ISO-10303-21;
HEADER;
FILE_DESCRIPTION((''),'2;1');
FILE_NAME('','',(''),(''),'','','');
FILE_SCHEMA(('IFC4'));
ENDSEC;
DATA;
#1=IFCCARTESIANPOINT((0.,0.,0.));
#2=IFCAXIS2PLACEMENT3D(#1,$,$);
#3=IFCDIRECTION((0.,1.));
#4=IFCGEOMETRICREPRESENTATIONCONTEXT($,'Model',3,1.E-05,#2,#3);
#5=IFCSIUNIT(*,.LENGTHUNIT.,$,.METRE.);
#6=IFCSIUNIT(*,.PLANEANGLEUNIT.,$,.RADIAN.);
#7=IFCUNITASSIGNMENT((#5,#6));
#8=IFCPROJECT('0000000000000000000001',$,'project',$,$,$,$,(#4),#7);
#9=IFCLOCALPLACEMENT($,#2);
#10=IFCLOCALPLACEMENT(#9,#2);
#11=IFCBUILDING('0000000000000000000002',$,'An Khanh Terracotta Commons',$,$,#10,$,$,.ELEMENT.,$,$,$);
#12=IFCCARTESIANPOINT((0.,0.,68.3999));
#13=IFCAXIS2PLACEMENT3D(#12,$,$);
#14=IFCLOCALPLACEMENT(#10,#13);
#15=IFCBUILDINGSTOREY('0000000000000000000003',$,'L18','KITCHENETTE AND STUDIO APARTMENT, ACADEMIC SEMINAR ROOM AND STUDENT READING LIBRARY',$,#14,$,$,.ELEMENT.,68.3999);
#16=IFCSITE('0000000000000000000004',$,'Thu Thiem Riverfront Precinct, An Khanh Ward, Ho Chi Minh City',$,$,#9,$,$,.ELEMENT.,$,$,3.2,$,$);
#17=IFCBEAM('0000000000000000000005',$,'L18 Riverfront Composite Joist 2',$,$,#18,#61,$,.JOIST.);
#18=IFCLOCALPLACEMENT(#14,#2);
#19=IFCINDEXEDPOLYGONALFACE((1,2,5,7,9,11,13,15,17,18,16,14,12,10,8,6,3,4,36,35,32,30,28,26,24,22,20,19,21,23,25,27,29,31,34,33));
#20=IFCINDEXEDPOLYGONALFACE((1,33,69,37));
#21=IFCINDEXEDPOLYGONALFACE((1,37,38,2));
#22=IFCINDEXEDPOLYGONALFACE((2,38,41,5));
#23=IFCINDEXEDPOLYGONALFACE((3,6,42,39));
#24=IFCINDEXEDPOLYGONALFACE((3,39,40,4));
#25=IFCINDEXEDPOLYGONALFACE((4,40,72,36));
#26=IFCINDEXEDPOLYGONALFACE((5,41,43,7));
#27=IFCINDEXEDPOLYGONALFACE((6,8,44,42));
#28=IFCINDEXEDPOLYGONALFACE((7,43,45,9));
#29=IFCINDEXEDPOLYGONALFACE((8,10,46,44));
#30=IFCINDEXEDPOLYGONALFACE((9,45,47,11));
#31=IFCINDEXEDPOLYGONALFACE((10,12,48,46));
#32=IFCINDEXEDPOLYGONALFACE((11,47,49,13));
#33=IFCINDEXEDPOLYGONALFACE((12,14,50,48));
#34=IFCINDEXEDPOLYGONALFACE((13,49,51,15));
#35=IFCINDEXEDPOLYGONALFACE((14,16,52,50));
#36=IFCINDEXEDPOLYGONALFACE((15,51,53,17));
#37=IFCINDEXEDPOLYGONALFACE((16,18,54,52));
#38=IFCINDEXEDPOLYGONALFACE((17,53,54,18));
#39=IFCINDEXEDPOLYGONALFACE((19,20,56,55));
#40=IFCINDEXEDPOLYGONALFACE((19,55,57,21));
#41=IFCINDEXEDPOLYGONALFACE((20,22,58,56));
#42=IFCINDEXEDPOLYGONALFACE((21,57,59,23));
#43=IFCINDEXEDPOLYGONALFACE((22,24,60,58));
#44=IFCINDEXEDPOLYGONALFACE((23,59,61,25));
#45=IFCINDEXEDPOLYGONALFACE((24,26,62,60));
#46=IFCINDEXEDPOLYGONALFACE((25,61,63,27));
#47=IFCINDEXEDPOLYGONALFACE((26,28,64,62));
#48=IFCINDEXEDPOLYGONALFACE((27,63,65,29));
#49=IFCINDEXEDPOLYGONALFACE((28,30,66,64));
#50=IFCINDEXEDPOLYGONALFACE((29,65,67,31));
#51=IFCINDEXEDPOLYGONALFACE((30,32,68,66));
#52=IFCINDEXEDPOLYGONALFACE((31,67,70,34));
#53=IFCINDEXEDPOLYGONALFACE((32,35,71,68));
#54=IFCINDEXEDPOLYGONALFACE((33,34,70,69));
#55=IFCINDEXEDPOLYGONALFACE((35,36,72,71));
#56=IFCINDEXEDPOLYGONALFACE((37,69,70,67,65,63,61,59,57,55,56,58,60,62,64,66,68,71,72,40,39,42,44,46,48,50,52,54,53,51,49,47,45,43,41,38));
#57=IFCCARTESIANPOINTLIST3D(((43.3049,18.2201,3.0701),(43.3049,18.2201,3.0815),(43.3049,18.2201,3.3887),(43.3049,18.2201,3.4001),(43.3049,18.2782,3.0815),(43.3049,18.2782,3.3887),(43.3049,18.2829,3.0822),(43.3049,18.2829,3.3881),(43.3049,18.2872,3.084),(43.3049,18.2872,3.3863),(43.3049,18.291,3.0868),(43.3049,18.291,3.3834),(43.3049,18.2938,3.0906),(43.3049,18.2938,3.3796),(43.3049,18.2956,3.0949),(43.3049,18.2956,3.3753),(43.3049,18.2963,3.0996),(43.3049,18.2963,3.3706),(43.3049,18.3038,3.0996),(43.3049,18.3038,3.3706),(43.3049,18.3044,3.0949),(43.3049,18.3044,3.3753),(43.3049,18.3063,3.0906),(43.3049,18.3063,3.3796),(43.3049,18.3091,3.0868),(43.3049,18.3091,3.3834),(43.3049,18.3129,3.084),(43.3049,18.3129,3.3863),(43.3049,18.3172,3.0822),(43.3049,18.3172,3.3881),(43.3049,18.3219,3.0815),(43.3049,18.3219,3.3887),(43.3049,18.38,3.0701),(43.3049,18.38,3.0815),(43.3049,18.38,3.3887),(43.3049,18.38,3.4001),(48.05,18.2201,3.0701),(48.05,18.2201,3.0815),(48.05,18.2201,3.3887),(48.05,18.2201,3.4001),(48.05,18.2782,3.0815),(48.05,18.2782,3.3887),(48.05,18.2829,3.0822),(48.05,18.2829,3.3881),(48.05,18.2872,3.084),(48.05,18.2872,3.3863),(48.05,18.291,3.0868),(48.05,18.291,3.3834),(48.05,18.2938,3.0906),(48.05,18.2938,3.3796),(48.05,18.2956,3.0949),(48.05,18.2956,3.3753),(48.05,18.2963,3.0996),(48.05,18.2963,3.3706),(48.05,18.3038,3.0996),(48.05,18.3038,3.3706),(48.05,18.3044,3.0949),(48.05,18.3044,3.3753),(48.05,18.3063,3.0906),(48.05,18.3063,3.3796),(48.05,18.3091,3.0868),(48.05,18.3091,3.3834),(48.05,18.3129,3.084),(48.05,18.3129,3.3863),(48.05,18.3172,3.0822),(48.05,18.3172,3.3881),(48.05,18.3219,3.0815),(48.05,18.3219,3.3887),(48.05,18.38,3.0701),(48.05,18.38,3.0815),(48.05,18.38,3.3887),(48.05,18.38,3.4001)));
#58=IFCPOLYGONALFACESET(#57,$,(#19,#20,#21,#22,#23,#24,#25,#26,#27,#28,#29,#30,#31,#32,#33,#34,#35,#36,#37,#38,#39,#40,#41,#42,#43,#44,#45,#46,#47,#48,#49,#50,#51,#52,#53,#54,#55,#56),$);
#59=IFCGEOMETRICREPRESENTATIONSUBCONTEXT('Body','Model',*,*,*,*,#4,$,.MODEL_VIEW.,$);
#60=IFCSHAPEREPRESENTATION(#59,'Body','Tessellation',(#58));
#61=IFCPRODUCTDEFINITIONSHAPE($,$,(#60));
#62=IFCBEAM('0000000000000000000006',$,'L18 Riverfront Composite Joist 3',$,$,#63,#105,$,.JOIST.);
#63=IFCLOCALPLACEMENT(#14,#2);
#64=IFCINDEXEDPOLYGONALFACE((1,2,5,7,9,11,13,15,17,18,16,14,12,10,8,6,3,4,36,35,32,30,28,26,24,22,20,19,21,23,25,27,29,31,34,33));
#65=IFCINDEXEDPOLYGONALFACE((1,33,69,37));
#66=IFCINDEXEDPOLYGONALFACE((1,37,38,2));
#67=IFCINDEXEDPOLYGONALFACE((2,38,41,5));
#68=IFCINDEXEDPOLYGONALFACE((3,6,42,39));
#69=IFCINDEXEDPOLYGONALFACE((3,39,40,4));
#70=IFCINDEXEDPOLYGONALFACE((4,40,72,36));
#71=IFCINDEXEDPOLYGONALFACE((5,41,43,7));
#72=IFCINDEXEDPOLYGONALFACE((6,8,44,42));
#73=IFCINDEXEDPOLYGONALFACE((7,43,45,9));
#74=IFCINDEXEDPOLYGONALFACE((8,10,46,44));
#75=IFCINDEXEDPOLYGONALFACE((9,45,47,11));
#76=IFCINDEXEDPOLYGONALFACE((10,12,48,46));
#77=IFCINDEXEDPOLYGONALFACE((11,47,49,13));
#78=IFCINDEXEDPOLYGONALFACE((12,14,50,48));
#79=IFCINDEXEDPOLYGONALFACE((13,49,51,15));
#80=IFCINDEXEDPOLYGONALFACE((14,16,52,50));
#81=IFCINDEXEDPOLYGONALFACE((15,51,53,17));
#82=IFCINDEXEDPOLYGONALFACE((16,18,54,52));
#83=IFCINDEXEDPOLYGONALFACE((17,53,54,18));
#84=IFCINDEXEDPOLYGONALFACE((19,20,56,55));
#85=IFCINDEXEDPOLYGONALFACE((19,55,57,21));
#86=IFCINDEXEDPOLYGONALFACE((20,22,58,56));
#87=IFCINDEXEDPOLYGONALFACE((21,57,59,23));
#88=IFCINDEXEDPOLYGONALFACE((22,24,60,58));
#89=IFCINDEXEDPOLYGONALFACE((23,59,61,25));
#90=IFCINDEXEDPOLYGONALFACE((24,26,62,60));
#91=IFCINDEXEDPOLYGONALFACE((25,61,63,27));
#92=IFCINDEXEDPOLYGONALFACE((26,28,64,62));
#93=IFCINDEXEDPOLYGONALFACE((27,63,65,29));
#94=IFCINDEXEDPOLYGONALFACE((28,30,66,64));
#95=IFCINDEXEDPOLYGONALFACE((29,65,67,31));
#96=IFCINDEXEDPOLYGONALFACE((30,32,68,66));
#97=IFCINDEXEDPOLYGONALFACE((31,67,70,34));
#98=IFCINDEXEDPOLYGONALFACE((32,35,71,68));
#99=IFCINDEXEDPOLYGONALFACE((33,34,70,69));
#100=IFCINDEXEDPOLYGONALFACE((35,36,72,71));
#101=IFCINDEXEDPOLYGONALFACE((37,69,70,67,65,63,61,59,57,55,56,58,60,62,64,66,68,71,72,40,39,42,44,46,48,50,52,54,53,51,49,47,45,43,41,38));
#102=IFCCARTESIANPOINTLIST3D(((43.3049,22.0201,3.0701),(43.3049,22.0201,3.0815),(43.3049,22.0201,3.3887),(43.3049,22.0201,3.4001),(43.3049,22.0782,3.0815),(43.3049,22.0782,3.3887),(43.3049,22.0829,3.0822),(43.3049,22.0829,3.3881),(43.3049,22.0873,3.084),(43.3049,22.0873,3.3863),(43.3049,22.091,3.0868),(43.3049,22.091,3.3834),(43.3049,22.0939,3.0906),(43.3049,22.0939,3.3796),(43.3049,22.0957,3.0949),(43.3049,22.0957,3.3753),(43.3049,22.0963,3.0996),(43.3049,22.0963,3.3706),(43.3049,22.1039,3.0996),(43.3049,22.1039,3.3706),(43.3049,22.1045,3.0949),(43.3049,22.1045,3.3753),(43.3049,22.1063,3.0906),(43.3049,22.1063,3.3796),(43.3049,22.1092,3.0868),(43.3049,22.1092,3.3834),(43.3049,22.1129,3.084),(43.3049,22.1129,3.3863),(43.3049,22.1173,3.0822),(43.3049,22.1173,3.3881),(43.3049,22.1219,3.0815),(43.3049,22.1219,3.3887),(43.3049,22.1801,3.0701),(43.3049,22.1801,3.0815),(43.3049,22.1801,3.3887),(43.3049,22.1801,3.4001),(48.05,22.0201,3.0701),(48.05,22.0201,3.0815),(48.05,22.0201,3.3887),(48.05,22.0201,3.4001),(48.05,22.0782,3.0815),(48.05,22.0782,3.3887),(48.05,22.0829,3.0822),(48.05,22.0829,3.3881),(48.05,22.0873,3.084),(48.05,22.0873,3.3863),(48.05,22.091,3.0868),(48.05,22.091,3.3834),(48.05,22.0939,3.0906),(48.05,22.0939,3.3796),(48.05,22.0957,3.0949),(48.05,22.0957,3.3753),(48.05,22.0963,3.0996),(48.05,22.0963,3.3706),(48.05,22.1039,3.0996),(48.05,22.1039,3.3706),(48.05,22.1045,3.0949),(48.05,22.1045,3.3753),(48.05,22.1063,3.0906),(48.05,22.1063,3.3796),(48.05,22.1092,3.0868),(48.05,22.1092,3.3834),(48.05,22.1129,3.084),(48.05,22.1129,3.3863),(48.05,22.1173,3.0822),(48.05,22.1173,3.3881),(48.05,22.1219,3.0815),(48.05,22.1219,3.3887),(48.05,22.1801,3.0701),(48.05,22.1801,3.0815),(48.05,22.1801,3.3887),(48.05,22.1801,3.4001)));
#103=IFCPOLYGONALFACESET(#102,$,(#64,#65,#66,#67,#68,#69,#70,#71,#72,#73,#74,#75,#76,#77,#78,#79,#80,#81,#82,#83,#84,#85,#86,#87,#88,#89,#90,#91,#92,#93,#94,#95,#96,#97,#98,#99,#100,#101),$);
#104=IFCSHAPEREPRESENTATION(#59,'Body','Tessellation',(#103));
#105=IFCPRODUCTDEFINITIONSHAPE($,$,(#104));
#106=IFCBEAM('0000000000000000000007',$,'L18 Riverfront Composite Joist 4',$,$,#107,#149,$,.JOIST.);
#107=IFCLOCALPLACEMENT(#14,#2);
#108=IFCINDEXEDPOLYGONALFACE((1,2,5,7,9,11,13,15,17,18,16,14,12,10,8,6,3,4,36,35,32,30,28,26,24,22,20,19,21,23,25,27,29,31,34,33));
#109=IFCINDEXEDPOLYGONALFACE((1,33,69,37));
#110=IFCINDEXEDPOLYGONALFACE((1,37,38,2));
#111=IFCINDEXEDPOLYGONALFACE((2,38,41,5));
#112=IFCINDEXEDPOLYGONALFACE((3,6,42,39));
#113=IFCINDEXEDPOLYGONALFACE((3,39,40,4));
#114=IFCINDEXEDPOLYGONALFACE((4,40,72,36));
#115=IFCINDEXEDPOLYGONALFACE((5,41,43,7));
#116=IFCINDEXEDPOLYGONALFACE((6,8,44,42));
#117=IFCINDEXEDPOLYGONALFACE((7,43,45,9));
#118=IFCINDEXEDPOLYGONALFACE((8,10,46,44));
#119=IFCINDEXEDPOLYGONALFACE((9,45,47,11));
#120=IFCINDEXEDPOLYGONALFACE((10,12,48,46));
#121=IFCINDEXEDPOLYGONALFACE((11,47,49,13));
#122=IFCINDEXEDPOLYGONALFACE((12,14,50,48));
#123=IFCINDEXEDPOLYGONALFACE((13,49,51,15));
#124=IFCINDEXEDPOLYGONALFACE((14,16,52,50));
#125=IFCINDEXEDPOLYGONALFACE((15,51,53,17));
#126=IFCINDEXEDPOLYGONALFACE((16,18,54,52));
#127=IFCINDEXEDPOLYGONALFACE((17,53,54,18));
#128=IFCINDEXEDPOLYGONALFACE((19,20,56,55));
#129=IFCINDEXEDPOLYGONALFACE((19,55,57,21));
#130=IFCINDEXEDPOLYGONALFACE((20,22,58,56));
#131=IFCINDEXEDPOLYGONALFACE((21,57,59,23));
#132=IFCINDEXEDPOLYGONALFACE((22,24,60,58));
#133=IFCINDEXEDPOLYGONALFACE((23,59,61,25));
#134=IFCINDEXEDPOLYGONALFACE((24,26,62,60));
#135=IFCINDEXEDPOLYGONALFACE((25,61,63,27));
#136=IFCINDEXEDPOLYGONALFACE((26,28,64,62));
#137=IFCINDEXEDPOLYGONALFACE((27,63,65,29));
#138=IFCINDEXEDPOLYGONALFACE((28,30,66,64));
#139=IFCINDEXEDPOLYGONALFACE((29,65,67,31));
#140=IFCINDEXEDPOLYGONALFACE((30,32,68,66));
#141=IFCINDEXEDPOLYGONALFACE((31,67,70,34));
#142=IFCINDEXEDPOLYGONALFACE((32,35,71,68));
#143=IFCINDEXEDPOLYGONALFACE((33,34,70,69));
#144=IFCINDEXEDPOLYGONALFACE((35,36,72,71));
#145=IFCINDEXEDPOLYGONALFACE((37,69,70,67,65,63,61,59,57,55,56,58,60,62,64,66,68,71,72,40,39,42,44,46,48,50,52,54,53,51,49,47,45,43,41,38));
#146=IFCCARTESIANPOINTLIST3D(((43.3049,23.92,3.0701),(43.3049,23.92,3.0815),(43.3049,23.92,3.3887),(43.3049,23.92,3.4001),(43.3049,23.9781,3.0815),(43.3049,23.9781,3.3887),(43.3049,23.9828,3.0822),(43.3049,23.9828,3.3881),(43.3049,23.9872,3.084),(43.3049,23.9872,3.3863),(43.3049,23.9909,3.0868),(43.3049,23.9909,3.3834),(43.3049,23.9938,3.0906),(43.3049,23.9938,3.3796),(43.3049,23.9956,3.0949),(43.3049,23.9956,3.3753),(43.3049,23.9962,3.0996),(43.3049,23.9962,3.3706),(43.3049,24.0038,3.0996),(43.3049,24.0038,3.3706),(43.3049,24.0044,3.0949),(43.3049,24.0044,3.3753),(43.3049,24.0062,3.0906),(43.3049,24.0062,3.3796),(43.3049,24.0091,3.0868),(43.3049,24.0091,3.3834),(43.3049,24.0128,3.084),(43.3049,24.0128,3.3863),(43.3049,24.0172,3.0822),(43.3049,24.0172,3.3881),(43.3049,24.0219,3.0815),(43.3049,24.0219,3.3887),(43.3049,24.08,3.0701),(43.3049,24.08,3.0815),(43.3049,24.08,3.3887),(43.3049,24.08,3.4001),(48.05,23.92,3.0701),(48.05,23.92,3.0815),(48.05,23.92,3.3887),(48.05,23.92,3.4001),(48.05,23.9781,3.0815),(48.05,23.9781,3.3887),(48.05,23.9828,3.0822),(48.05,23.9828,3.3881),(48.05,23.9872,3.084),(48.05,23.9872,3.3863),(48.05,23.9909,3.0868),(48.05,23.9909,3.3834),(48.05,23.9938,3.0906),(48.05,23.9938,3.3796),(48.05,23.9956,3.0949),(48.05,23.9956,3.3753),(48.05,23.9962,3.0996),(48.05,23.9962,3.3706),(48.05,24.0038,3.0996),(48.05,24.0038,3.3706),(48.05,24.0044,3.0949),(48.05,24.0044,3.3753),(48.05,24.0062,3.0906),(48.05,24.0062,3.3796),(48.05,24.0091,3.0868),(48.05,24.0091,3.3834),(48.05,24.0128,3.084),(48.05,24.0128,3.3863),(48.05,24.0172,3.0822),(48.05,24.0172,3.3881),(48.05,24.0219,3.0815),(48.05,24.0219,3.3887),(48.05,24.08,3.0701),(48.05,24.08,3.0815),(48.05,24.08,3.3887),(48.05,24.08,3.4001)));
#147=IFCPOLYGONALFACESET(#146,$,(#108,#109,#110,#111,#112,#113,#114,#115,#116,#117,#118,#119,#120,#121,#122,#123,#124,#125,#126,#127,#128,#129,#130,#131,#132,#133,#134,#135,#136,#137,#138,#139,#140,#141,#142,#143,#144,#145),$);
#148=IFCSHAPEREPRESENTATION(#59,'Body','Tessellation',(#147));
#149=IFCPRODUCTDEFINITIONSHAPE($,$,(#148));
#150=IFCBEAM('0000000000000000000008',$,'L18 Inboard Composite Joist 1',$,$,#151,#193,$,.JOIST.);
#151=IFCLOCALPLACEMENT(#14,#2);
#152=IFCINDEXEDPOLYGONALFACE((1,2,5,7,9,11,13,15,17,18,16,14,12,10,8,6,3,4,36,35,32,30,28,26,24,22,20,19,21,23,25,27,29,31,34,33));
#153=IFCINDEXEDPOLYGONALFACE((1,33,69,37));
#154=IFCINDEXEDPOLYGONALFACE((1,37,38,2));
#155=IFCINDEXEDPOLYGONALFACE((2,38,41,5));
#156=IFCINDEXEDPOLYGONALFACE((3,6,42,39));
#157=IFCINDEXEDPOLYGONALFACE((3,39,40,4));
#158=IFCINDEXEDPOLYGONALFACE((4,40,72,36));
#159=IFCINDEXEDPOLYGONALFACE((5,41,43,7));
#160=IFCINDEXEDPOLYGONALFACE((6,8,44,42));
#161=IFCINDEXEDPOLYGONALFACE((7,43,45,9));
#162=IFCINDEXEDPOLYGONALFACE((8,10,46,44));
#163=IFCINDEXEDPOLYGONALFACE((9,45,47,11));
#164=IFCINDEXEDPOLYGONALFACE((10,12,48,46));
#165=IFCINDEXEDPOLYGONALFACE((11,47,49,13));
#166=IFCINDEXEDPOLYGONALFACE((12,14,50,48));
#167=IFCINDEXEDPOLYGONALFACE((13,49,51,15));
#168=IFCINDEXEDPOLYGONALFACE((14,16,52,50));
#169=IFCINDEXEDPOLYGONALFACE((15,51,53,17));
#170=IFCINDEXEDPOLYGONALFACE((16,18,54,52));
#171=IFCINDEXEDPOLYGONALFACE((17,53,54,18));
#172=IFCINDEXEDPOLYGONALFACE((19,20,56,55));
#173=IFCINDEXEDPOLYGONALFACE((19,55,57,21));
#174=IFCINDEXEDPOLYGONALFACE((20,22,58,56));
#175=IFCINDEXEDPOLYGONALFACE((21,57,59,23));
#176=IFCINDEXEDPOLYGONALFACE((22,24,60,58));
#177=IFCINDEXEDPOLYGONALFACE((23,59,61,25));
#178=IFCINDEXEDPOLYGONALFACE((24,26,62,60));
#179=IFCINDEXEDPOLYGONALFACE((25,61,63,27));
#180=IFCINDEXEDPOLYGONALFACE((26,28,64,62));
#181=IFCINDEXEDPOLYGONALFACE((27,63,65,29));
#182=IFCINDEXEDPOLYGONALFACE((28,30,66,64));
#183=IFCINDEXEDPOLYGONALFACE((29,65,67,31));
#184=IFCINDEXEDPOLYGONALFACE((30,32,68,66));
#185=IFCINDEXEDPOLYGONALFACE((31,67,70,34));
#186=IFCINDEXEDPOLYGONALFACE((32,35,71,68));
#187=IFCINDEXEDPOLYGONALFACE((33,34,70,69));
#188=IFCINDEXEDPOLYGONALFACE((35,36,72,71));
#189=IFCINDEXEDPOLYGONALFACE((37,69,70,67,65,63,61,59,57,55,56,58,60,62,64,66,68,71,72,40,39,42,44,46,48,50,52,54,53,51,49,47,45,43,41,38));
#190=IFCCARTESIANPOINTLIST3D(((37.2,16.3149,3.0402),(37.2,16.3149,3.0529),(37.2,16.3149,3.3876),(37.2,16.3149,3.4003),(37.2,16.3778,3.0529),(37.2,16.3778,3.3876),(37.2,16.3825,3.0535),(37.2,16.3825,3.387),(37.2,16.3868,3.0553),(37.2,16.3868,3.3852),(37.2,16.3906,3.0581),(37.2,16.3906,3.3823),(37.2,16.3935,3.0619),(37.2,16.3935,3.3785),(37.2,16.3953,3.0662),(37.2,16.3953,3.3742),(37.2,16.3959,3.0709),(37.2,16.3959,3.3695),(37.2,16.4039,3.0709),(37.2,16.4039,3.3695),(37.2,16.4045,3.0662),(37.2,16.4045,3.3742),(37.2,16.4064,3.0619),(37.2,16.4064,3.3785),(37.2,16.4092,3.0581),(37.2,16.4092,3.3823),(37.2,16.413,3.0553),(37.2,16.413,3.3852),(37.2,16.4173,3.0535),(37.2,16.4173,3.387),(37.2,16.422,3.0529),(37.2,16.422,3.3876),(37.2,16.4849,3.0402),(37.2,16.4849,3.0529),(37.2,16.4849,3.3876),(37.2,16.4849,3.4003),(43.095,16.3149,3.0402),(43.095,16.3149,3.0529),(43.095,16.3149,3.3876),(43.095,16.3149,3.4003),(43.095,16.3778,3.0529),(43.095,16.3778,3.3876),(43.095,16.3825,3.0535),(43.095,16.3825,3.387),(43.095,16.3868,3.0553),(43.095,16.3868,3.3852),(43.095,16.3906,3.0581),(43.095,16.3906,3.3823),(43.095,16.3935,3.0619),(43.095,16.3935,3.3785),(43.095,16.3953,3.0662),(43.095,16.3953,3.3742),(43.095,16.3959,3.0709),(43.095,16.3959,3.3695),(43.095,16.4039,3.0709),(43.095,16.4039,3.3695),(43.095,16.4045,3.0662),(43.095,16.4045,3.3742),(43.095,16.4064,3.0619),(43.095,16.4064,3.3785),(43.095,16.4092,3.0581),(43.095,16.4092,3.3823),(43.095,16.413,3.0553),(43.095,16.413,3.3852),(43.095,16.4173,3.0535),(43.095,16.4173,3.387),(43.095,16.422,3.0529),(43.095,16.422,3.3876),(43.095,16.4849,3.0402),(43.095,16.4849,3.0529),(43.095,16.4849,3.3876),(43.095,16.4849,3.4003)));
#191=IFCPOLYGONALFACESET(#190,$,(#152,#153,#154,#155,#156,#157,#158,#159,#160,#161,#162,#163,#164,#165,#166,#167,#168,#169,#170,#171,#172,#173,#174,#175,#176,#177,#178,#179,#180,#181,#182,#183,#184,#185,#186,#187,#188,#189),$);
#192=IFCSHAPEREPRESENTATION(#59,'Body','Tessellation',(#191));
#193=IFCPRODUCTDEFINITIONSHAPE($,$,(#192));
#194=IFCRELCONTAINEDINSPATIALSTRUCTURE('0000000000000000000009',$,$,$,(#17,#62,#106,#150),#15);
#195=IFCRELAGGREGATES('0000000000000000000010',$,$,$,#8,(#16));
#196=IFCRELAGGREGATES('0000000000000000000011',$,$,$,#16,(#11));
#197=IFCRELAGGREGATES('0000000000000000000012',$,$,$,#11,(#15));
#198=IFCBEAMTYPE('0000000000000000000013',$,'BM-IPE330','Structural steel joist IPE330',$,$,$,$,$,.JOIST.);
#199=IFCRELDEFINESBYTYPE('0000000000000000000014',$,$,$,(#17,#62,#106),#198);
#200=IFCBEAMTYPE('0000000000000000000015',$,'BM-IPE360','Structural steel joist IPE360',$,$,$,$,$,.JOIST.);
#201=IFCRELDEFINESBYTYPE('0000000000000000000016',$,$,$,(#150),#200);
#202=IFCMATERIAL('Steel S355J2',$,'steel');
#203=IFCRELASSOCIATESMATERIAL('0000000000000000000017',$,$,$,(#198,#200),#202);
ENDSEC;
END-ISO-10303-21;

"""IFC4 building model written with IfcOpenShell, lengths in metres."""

from ifc_helpers import new_model, si_unit, direction, frame, origin, origin_2d, place, context, subcontext, project, spatial, i_section, extrude, material, material_profile, profile_set, type_object, element, save


model = new_model("IFC4")

# Units and contexts
model_context = context("Model", 3, precision=1e-05, world=origin(), true_north=direction((0.0, 1.0)))
body_context = subcontext(model_context, "Body", "Model", "MODEL_VIEW")
ifc_project = project(units=[si_unit("LENGTHUNIT", "METRE"), si_unit("PLANEANGLEUNIT", "RADIAN")], contexts=[model_context])

# Site, building, storey
site_placement = place(None, origin())
site = spatial("IfcSite", under=ifc_project, at=site_placement, Name="Thu Thiem Riverfront Precinct, An Khanh Ward, Ho Chi Minh City", CompositionType="ELEMENT", RefElevation=3.2)
building_placement = place(site_placement, origin())
building = spatial("IfcBuilding", under=site, at=building_placement, Name="An Khanh Terracotta Commons", CompositionType="ELEMENT")
storey_placement = place(building_placement, frame((0.0, 0.0, 68.3999)))
storey = spatial("IfcBuildingStorey", under=building, at=storey_placement, Name="L18", Description="KITCHENETTE AND STUDIO APARTMENT, ACADEMIC SEMINAR ROOM AND STUDENT READING LIBRARY", CompositionType="ELEMENT", Elevation=68.3999)

# Beams
ifc_material_1 = material(Name="Steel S355J2", Category="steel")
ifc_material_profile_1 = material_profile(ifc_material_1, i_section(OverallWidth=0.1599, OverallDepth=0.3301, WebThickness=0.0076, FlangeThickness=0.0115, FilletRadius=0.0181, at=origin_2d()), Name="IPE330")
ifc_profile_set_1 = profile_set([ifc_material_profile_1], Name="Steel S355J2")
beam_type_1 = type_object("IfcBeamType", Name="BM-IPE330", Description="Structural steel joist IPE330", PredefinedType="JOIST", material=ifc_profile_set_1)
for number, where, z_axis, x_axis, name in (
    (1, (43.3049, 18.3, 3.2351), (1.0, 0.0, 0.0), (0.0, 1.0, 0.0), "L18 Riverfront Composite Joist 2"),
    (2, (43.3049, 22.1001, 3.2351), (1.0, 0.0, 0.0), (0.0, 1.0, 0.0), "L18 Riverfront Composite Joist 3"),
    (3, (43.3049, 24.0, 3.2351), (1.0, 0.0, 0.0), (0.0, 1.0, 0.0), "L18 Riverfront Composite Joist 4"),
):
    element("IfcBeam", number, at=place(storey_placement, frame(where, z_axis=z_axis, x_axis=x_axis)), inside=storey, type_object=beam_type_1, Name=name, PredefinedType="JOIST", context=body_context, shape_type="SweptSolid", body=[
        extrude(i_section(OverallWidth=0.1599, OverallDepth=0.3301, WebThickness=0.0076, FlangeThickness=0.0115, FilletRadius=0.0181, at=origin_2d()), origin(), (0.0, 0.0, 1.0), 4.7451),
    ])
ifc_material_profile_2 = material_profile(ifc_material_1, i_section(OverallWidth=0.1699, OverallDepth=0.3601, WebThickness=0.0081, FlangeThickness=0.0127, FilletRadius=0.0181, at=origin_2d()), Name="IPE360")
ifc_profile_set_2 = profile_set([ifc_material_profile_2], Name="Steel S355J2")
beam_type_2 = type_object("IfcBeamType", Name="BM-IPE360", Description="Structural steel joist IPE360", PredefinedType="JOIST", material=ifc_profile_set_2)
for number, where, z_axis, x_axis, name in (
    (4, (37.2, 16.3999, 3.2202), (1.0, 0.0, 0.0), (0.0, 1.0, 0.0), "L18 Inboard Composite Joist 1"),
):
    element("IfcBeam", number, at=place(storey_placement, frame(where, z_axis=z_axis, x_axis=x_axis)), inside=storey, type_object=beam_type_2, Name=name, PredefinedType="JOIST", context=body_context, shape_type="SweptSolid", body=[
        extrude(i_section(OverallWidth=0.1699, OverallDepth=0.3601, WebThickness=0.0081, FlangeThickness=0.0127, FilletRadius=0.0181, at=origin_2d()), origin(), (0.0, 0.0, 1.0), 5.895),
    ])

save(model, "model.ifc")
